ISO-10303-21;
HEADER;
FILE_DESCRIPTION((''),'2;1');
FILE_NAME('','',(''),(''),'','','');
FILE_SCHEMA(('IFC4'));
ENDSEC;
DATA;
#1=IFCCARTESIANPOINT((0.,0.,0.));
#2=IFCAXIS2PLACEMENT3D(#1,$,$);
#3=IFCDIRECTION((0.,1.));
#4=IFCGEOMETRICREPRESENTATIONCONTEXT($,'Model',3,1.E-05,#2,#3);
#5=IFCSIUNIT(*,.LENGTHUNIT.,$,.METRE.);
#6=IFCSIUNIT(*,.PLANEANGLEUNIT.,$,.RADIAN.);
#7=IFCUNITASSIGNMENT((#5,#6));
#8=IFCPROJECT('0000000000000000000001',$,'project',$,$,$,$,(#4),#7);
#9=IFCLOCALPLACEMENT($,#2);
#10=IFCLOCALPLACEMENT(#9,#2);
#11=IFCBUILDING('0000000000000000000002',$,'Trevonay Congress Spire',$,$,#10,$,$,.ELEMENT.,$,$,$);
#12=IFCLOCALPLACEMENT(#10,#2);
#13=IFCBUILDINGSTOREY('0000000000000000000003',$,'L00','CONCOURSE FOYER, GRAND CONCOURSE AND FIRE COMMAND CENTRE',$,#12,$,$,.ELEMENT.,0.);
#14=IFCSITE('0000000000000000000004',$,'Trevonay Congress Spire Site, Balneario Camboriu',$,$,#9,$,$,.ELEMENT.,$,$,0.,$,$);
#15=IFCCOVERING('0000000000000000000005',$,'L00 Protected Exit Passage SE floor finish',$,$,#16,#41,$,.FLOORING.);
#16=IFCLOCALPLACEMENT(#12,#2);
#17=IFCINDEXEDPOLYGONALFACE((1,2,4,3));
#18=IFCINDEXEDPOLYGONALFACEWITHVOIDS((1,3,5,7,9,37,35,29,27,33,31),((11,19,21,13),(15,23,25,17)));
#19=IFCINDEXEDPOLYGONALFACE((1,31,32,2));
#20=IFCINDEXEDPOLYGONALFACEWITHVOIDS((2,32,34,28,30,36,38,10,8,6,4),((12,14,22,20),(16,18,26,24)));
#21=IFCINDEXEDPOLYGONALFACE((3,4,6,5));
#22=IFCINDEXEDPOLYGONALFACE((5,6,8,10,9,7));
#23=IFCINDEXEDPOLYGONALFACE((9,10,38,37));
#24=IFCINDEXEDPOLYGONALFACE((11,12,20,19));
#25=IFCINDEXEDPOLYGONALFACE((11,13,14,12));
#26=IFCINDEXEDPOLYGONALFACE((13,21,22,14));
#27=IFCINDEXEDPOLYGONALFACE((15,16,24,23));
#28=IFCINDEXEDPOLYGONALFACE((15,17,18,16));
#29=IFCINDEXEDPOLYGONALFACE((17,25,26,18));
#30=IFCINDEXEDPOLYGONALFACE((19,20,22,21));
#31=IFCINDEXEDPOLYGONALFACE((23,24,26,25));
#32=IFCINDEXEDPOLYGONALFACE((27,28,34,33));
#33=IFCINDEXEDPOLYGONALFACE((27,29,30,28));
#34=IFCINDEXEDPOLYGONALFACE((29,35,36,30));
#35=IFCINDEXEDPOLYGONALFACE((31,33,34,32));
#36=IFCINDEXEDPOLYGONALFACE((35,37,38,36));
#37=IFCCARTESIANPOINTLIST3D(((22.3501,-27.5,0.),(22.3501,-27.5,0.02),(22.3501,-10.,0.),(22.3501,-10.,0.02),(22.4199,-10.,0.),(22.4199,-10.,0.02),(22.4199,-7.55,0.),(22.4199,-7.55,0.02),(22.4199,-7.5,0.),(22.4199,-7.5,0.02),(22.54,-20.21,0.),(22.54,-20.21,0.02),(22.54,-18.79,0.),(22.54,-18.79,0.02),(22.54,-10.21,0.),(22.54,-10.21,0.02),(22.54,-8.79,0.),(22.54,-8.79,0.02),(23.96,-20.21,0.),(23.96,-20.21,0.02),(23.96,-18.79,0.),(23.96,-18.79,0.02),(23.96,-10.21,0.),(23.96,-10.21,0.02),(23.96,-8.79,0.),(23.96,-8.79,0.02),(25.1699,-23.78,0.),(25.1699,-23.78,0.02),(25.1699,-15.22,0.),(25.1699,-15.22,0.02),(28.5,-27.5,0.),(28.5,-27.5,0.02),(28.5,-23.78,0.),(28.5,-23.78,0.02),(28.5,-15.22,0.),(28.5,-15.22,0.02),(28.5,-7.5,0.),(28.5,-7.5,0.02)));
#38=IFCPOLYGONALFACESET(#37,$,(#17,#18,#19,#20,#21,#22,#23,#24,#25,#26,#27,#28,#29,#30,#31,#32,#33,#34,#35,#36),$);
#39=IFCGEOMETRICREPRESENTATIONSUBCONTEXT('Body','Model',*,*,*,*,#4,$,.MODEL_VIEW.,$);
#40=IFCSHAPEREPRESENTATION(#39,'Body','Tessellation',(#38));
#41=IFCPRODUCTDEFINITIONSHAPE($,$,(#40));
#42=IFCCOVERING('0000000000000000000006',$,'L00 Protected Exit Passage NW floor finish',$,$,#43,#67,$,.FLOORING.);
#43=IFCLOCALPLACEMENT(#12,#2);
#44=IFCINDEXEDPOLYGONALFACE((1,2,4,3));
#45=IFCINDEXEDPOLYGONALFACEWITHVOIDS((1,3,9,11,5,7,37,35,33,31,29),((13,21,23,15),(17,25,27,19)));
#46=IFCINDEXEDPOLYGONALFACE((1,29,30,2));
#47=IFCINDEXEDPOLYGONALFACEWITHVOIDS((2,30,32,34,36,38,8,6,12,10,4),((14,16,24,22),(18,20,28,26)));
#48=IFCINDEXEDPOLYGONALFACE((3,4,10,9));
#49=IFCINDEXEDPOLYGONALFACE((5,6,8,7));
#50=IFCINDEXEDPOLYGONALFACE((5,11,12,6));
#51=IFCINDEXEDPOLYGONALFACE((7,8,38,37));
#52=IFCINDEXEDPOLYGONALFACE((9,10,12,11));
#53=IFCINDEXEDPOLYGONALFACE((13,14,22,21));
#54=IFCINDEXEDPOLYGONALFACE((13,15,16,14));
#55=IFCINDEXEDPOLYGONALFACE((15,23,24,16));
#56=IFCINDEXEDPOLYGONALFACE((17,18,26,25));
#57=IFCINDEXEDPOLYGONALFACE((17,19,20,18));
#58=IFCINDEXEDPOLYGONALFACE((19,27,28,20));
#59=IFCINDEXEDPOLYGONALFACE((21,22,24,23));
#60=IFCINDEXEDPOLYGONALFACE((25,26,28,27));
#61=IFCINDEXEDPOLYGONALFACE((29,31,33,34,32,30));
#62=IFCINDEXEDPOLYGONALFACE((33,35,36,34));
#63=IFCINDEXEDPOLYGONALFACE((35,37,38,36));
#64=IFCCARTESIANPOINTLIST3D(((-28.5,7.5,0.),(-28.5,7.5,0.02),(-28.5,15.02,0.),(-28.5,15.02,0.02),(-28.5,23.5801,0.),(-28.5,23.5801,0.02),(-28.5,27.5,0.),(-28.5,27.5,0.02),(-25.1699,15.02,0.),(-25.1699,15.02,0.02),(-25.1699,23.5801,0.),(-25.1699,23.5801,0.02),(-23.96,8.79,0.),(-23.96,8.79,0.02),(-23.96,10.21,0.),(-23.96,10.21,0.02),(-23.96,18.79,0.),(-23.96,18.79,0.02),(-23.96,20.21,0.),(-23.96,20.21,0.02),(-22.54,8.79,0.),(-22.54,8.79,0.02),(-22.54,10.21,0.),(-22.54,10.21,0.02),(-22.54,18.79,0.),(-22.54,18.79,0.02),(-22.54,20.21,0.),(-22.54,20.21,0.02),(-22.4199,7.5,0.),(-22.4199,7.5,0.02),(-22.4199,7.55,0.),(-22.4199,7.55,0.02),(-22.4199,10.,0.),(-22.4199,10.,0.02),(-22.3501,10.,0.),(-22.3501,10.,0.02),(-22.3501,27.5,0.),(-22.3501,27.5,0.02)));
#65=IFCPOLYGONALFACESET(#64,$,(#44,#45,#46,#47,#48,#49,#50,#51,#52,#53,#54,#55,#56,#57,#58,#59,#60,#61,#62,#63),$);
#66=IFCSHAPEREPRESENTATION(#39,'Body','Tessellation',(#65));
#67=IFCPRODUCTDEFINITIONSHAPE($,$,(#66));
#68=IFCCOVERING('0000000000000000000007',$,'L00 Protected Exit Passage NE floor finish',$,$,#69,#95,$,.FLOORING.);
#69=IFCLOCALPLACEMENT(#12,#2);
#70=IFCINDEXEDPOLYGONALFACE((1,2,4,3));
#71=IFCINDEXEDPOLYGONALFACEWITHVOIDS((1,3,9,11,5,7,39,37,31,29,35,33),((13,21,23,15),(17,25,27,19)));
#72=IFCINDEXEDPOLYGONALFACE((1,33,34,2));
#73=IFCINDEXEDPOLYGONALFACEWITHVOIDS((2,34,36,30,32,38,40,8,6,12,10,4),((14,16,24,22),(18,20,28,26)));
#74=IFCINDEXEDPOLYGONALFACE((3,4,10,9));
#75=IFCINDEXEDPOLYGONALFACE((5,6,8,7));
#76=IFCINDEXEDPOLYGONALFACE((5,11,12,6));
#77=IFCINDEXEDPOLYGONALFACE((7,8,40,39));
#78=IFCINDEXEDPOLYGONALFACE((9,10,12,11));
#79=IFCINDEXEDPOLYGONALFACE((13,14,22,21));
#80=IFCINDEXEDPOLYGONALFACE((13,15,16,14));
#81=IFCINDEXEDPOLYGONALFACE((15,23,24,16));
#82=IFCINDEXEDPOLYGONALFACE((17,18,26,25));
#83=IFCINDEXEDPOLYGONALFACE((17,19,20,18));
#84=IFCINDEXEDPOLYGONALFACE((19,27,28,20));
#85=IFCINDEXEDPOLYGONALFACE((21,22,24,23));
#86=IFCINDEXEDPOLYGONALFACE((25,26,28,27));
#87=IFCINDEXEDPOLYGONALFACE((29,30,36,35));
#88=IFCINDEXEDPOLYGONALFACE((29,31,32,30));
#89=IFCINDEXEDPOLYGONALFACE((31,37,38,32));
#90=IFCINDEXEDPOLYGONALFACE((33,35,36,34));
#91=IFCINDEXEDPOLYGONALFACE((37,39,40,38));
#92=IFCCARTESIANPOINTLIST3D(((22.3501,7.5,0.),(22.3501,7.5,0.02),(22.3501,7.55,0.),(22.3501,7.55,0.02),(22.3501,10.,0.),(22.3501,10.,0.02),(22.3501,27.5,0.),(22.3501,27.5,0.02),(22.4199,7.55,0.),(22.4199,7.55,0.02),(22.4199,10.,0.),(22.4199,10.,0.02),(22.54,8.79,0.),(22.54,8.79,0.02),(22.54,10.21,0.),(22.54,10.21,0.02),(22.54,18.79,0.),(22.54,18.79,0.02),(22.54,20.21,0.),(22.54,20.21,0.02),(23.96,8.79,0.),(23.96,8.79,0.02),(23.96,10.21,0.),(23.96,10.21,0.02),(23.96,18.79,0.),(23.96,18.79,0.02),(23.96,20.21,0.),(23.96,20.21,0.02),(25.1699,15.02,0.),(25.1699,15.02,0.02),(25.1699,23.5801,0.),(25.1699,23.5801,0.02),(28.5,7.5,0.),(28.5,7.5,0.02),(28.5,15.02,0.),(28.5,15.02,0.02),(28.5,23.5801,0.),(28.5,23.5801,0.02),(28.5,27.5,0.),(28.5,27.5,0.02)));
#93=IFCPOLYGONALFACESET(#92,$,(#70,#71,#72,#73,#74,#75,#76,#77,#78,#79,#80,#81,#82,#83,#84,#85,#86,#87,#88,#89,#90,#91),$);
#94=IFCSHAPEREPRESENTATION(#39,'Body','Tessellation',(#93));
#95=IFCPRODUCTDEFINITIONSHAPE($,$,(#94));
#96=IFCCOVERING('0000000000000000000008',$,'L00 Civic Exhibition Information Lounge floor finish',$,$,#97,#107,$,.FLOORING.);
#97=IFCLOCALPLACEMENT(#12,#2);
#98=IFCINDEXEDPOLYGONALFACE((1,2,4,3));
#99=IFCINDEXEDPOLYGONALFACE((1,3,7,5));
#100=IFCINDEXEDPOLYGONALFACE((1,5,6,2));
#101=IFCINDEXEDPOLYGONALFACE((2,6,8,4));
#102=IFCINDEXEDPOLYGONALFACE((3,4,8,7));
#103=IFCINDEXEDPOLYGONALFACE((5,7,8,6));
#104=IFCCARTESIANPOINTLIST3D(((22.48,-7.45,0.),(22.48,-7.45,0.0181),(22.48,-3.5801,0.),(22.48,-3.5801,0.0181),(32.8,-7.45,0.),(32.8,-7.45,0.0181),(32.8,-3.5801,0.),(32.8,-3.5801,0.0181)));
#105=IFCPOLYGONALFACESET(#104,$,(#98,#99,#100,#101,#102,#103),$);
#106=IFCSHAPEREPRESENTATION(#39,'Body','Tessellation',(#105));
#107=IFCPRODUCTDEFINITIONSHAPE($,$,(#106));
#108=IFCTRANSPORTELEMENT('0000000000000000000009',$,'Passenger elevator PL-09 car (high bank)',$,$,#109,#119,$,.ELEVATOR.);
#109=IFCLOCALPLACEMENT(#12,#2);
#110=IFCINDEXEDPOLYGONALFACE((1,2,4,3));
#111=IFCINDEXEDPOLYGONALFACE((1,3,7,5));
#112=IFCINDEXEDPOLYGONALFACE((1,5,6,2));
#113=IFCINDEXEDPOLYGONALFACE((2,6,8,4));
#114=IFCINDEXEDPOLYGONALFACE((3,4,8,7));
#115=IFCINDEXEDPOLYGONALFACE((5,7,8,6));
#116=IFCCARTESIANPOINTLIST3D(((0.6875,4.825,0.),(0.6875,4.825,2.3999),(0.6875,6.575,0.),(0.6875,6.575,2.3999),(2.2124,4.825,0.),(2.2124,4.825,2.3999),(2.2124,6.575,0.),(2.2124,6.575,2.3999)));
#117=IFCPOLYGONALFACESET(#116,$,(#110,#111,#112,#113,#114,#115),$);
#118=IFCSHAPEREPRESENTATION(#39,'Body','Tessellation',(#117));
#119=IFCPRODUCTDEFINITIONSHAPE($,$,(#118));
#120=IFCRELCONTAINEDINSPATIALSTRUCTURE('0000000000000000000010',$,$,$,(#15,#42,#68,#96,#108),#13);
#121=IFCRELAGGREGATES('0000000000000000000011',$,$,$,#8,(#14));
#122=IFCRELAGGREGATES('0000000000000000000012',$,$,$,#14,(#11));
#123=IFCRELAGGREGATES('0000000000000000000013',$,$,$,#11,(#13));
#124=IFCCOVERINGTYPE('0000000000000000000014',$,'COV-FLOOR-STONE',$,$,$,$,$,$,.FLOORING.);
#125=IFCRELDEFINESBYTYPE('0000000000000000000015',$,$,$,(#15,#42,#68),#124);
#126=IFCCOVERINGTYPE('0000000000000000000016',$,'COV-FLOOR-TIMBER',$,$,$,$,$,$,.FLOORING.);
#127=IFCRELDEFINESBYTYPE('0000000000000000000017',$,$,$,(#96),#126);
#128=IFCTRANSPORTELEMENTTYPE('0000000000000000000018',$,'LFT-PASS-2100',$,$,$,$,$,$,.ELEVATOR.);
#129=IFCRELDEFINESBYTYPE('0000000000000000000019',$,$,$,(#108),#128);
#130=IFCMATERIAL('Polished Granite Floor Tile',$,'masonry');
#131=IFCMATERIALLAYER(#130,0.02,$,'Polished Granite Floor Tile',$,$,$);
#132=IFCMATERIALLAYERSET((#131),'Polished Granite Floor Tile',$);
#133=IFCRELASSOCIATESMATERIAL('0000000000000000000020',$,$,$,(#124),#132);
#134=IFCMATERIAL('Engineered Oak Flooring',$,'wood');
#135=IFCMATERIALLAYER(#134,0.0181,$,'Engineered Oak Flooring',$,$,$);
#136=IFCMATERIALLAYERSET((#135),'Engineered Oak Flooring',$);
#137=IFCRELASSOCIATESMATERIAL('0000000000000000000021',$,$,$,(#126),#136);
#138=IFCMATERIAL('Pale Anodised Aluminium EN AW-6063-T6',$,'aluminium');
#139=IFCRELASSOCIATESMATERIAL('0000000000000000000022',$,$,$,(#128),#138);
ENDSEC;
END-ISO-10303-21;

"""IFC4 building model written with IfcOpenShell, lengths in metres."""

from ifc_helpers import new_model, si_unit, direction, frame, origin, origin_2d, place, context, subcontext, project, spatial, polyline, rectangle, outline, extrude, material, layer, layer_set, type_object, element, save


model = new_model("IFC4")

# Units and contexts
model_context = context("Model", 3, precision=1e-05, world=origin(), true_north=direction((0.0, 1.0)))
body_context = subcontext(model_context, "Body", "Model", "MODEL_VIEW")
ifc_project = project(units=[si_unit("LENGTHUNIT", "METRE"), si_unit("PLANEANGLEUNIT", "RADIAN")], contexts=[model_context])

# Site, building, storey
site_placement = place(None, origin())
site = spatial("IfcSite", under=ifc_project, at=site_placement, Name="Trevonay Congress Spire Site, Balneario Camboriu", CompositionType="ELEMENT", RefElevation=0.0)
building_placement = place(site_placement, origin())
building = spatial("IfcBuilding", under=site, at=building_placement, Name="Trevonay Congress Spire", CompositionType="ELEMENT")
storey_placement = place(building_placement, origin())
storey = spatial("IfcBuildingStorey", under=building, at=storey_placement, Name="L00", Description="CONCOURSE FOYER, GRAND CONCOURSE AND FIRE COMMAND CENTRE", CompositionType="ELEMENT", Elevation=0.0)

# Coverings
ifc_material_1 = material(Name="Polished Granite Floor Tile", Category="masonry")
ifc_layer_1 = layer(ifc_material_1, 0.02, Name="Polished Granite Floor Tile")
ifc_layer_set_1 = layer_set([ifc_layer_1], Name="Polished Granite Floor Tile")
covering_type_1 = type_object("IfcCoveringType", Name="COV-FLOOR-STONE", PredefinedType="FLOORING", material=ifc_layer_set_1)
covering_1_placement = place(storey_placement, origin())
element("IfcCovering", 1, at=covering_1_placement, inside=storey, type_object=covering_type_1, Name="L00 Protected Exit Passage SE floor finish", PredefinedType="FLOORING", context=body_context, shape_type="SweptSolid", body=[
    extrude(outline(polyline([(25.1699, -15.22), (25.1699, -23.78), (28.5, -23.78), (28.5, -27.5), (22.3501, -27.5), (22.3501, -10.0), (22.4199, -10.0), (22.4199, -7.55), (22.4199, -7.5), (28.5, -7.5), (28.5, -15.22), (25.1699, -15.22)]), holes=[polyline([(23.96, -20.21), (23.96, -18.79), (22.54, -18.79), (22.54, -20.21), (23.96, -20.21)]), polyline([(23.96, -10.21), (23.96, -8.79), (22.54, -8.79), (22.54, -10.21), (23.96, -10.21)])]), origin(), (0.0, 0.0, 1.0), 0.02),
])
covering_2_placement = place(storey_placement, origin())
element("IfcCovering", 2, at=covering_2_placement, inside=storey, type_object=covering_type_1, Name="L00 Protected Exit Passage NW floor finish", PredefinedType="FLOORING", context=body_context, shape_type="SweptSolid", body=[
    extrude(outline(polyline([(-28.5, 23.5801), (-28.5, 27.5), (-22.3501, 27.5), (-22.3501, 10.0), (-22.4199, 10.0), (-22.4199, 7.55), (-22.4199, 7.5), (-28.5, 7.5), (-28.5, 15.02), (-25.1699, 15.02), (-25.1699, 23.5801), (-28.5, 23.5801)]), holes=[polyline([(-22.54, 8.79), (-22.54, 10.21), (-23.96, 10.21), (-23.96, 8.79), (-22.54, 8.79)]), polyline([(-22.54, 18.79), (-22.54, 20.21), (-23.96, 20.21), (-23.96, 18.79), (-22.54, 18.79)])]), origin(), (0.0, 0.0, 1.0), 0.02),
])
covering_3_placement = place(storey_placement, origin())
element("IfcCovering", 3, at=covering_3_placement, inside=storey, type_object=covering_type_1, Name="L00 Protected Exit Passage NE floor finish", PredefinedType="FLOORING", context=body_context, shape_type="SweptSolid", body=[
    extrude(outline(polyline([(25.1699, 23.5801), (25.1699, 15.02), (28.5, 15.02), (28.5, 7.5), (22.3501, 7.5), (22.3501, 7.55), (22.4199, 7.55), (22.4199, 10.0), (22.3501, 10.0), (22.3501, 27.5), (28.5, 27.5), (28.5, 23.5801), (25.1699, 23.5801)]), holes=[polyline([(23.96, 8.79), (23.96, 10.21), (22.54, 10.21), (22.54, 8.79), (23.96, 8.79)]), polyline([(23.96, 18.79), (23.96, 20.21), (22.54, 20.21), (22.54, 18.79), (23.96, 18.79)])]), origin(), (0.0, 0.0, 1.0), 0.02),
])
ifc_material_2 = material(Name="Engineered Oak Flooring", Category="wood")
ifc_layer_2 = layer(ifc_material_2, 0.0181, Name="Engineered Oak Flooring")
ifc_layer_set_2 = layer_set([ifc_layer_2], Name="Engineered Oak Flooring")
covering_type_2 = type_object("IfcCoveringType", Name="COV-FLOOR-TIMBER", PredefinedType="FLOORING", material=ifc_layer_set_2)
covering_4_placement = place(storey_placement, origin())
element("IfcCovering", 4, at=covering_4_placement, inside=storey, type_object=covering_type_2, Name="L00 Civic Exhibition Information Lounge floor finish", PredefinedType="FLOORING", context=body_context, shape_type="SweptSolid", body=[
    extrude(outline(polyline([(22.48, -7.45), (32.8, -7.45), (32.8, -3.5801), (22.48, -3.5801), (22.48, -7.45)])), origin(), (0.0, 0.0, 1.0), 0.0181),
])

# Transport element
ifc_material_3 = material(Name="Pale Anodised Aluminium EN AW-6063-T6", Category="aluminium")
transport_element_type = type_object("IfcTransportElementType", Name="LFT-PASS-2100", PredefinedType="ELEVATOR", material=ifc_material_3)
transport_element_placement = place(storey_placement, frame((1.45, 5.7, 0.0), z_axis=(0.0, 0.0, 1.0), x_axis=(1.0, 0.0, 0.0)))
element("IfcTransportElement", 5, at=transport_element_placement, inside=storey, type_object=transport_element_type, Name="Passenger elevator PL-09 car (high bank)", PredefinedType="ELEVATOR", context=body_context, shape_type="SweptSolid", body=[
    extrude(rectangle(XDim=1.5249, YDim=1.75, at=origin_2d()), origin(), (0.0, 0.0, 1.0), 2.3999),
])

save(model, "model.ifc")
